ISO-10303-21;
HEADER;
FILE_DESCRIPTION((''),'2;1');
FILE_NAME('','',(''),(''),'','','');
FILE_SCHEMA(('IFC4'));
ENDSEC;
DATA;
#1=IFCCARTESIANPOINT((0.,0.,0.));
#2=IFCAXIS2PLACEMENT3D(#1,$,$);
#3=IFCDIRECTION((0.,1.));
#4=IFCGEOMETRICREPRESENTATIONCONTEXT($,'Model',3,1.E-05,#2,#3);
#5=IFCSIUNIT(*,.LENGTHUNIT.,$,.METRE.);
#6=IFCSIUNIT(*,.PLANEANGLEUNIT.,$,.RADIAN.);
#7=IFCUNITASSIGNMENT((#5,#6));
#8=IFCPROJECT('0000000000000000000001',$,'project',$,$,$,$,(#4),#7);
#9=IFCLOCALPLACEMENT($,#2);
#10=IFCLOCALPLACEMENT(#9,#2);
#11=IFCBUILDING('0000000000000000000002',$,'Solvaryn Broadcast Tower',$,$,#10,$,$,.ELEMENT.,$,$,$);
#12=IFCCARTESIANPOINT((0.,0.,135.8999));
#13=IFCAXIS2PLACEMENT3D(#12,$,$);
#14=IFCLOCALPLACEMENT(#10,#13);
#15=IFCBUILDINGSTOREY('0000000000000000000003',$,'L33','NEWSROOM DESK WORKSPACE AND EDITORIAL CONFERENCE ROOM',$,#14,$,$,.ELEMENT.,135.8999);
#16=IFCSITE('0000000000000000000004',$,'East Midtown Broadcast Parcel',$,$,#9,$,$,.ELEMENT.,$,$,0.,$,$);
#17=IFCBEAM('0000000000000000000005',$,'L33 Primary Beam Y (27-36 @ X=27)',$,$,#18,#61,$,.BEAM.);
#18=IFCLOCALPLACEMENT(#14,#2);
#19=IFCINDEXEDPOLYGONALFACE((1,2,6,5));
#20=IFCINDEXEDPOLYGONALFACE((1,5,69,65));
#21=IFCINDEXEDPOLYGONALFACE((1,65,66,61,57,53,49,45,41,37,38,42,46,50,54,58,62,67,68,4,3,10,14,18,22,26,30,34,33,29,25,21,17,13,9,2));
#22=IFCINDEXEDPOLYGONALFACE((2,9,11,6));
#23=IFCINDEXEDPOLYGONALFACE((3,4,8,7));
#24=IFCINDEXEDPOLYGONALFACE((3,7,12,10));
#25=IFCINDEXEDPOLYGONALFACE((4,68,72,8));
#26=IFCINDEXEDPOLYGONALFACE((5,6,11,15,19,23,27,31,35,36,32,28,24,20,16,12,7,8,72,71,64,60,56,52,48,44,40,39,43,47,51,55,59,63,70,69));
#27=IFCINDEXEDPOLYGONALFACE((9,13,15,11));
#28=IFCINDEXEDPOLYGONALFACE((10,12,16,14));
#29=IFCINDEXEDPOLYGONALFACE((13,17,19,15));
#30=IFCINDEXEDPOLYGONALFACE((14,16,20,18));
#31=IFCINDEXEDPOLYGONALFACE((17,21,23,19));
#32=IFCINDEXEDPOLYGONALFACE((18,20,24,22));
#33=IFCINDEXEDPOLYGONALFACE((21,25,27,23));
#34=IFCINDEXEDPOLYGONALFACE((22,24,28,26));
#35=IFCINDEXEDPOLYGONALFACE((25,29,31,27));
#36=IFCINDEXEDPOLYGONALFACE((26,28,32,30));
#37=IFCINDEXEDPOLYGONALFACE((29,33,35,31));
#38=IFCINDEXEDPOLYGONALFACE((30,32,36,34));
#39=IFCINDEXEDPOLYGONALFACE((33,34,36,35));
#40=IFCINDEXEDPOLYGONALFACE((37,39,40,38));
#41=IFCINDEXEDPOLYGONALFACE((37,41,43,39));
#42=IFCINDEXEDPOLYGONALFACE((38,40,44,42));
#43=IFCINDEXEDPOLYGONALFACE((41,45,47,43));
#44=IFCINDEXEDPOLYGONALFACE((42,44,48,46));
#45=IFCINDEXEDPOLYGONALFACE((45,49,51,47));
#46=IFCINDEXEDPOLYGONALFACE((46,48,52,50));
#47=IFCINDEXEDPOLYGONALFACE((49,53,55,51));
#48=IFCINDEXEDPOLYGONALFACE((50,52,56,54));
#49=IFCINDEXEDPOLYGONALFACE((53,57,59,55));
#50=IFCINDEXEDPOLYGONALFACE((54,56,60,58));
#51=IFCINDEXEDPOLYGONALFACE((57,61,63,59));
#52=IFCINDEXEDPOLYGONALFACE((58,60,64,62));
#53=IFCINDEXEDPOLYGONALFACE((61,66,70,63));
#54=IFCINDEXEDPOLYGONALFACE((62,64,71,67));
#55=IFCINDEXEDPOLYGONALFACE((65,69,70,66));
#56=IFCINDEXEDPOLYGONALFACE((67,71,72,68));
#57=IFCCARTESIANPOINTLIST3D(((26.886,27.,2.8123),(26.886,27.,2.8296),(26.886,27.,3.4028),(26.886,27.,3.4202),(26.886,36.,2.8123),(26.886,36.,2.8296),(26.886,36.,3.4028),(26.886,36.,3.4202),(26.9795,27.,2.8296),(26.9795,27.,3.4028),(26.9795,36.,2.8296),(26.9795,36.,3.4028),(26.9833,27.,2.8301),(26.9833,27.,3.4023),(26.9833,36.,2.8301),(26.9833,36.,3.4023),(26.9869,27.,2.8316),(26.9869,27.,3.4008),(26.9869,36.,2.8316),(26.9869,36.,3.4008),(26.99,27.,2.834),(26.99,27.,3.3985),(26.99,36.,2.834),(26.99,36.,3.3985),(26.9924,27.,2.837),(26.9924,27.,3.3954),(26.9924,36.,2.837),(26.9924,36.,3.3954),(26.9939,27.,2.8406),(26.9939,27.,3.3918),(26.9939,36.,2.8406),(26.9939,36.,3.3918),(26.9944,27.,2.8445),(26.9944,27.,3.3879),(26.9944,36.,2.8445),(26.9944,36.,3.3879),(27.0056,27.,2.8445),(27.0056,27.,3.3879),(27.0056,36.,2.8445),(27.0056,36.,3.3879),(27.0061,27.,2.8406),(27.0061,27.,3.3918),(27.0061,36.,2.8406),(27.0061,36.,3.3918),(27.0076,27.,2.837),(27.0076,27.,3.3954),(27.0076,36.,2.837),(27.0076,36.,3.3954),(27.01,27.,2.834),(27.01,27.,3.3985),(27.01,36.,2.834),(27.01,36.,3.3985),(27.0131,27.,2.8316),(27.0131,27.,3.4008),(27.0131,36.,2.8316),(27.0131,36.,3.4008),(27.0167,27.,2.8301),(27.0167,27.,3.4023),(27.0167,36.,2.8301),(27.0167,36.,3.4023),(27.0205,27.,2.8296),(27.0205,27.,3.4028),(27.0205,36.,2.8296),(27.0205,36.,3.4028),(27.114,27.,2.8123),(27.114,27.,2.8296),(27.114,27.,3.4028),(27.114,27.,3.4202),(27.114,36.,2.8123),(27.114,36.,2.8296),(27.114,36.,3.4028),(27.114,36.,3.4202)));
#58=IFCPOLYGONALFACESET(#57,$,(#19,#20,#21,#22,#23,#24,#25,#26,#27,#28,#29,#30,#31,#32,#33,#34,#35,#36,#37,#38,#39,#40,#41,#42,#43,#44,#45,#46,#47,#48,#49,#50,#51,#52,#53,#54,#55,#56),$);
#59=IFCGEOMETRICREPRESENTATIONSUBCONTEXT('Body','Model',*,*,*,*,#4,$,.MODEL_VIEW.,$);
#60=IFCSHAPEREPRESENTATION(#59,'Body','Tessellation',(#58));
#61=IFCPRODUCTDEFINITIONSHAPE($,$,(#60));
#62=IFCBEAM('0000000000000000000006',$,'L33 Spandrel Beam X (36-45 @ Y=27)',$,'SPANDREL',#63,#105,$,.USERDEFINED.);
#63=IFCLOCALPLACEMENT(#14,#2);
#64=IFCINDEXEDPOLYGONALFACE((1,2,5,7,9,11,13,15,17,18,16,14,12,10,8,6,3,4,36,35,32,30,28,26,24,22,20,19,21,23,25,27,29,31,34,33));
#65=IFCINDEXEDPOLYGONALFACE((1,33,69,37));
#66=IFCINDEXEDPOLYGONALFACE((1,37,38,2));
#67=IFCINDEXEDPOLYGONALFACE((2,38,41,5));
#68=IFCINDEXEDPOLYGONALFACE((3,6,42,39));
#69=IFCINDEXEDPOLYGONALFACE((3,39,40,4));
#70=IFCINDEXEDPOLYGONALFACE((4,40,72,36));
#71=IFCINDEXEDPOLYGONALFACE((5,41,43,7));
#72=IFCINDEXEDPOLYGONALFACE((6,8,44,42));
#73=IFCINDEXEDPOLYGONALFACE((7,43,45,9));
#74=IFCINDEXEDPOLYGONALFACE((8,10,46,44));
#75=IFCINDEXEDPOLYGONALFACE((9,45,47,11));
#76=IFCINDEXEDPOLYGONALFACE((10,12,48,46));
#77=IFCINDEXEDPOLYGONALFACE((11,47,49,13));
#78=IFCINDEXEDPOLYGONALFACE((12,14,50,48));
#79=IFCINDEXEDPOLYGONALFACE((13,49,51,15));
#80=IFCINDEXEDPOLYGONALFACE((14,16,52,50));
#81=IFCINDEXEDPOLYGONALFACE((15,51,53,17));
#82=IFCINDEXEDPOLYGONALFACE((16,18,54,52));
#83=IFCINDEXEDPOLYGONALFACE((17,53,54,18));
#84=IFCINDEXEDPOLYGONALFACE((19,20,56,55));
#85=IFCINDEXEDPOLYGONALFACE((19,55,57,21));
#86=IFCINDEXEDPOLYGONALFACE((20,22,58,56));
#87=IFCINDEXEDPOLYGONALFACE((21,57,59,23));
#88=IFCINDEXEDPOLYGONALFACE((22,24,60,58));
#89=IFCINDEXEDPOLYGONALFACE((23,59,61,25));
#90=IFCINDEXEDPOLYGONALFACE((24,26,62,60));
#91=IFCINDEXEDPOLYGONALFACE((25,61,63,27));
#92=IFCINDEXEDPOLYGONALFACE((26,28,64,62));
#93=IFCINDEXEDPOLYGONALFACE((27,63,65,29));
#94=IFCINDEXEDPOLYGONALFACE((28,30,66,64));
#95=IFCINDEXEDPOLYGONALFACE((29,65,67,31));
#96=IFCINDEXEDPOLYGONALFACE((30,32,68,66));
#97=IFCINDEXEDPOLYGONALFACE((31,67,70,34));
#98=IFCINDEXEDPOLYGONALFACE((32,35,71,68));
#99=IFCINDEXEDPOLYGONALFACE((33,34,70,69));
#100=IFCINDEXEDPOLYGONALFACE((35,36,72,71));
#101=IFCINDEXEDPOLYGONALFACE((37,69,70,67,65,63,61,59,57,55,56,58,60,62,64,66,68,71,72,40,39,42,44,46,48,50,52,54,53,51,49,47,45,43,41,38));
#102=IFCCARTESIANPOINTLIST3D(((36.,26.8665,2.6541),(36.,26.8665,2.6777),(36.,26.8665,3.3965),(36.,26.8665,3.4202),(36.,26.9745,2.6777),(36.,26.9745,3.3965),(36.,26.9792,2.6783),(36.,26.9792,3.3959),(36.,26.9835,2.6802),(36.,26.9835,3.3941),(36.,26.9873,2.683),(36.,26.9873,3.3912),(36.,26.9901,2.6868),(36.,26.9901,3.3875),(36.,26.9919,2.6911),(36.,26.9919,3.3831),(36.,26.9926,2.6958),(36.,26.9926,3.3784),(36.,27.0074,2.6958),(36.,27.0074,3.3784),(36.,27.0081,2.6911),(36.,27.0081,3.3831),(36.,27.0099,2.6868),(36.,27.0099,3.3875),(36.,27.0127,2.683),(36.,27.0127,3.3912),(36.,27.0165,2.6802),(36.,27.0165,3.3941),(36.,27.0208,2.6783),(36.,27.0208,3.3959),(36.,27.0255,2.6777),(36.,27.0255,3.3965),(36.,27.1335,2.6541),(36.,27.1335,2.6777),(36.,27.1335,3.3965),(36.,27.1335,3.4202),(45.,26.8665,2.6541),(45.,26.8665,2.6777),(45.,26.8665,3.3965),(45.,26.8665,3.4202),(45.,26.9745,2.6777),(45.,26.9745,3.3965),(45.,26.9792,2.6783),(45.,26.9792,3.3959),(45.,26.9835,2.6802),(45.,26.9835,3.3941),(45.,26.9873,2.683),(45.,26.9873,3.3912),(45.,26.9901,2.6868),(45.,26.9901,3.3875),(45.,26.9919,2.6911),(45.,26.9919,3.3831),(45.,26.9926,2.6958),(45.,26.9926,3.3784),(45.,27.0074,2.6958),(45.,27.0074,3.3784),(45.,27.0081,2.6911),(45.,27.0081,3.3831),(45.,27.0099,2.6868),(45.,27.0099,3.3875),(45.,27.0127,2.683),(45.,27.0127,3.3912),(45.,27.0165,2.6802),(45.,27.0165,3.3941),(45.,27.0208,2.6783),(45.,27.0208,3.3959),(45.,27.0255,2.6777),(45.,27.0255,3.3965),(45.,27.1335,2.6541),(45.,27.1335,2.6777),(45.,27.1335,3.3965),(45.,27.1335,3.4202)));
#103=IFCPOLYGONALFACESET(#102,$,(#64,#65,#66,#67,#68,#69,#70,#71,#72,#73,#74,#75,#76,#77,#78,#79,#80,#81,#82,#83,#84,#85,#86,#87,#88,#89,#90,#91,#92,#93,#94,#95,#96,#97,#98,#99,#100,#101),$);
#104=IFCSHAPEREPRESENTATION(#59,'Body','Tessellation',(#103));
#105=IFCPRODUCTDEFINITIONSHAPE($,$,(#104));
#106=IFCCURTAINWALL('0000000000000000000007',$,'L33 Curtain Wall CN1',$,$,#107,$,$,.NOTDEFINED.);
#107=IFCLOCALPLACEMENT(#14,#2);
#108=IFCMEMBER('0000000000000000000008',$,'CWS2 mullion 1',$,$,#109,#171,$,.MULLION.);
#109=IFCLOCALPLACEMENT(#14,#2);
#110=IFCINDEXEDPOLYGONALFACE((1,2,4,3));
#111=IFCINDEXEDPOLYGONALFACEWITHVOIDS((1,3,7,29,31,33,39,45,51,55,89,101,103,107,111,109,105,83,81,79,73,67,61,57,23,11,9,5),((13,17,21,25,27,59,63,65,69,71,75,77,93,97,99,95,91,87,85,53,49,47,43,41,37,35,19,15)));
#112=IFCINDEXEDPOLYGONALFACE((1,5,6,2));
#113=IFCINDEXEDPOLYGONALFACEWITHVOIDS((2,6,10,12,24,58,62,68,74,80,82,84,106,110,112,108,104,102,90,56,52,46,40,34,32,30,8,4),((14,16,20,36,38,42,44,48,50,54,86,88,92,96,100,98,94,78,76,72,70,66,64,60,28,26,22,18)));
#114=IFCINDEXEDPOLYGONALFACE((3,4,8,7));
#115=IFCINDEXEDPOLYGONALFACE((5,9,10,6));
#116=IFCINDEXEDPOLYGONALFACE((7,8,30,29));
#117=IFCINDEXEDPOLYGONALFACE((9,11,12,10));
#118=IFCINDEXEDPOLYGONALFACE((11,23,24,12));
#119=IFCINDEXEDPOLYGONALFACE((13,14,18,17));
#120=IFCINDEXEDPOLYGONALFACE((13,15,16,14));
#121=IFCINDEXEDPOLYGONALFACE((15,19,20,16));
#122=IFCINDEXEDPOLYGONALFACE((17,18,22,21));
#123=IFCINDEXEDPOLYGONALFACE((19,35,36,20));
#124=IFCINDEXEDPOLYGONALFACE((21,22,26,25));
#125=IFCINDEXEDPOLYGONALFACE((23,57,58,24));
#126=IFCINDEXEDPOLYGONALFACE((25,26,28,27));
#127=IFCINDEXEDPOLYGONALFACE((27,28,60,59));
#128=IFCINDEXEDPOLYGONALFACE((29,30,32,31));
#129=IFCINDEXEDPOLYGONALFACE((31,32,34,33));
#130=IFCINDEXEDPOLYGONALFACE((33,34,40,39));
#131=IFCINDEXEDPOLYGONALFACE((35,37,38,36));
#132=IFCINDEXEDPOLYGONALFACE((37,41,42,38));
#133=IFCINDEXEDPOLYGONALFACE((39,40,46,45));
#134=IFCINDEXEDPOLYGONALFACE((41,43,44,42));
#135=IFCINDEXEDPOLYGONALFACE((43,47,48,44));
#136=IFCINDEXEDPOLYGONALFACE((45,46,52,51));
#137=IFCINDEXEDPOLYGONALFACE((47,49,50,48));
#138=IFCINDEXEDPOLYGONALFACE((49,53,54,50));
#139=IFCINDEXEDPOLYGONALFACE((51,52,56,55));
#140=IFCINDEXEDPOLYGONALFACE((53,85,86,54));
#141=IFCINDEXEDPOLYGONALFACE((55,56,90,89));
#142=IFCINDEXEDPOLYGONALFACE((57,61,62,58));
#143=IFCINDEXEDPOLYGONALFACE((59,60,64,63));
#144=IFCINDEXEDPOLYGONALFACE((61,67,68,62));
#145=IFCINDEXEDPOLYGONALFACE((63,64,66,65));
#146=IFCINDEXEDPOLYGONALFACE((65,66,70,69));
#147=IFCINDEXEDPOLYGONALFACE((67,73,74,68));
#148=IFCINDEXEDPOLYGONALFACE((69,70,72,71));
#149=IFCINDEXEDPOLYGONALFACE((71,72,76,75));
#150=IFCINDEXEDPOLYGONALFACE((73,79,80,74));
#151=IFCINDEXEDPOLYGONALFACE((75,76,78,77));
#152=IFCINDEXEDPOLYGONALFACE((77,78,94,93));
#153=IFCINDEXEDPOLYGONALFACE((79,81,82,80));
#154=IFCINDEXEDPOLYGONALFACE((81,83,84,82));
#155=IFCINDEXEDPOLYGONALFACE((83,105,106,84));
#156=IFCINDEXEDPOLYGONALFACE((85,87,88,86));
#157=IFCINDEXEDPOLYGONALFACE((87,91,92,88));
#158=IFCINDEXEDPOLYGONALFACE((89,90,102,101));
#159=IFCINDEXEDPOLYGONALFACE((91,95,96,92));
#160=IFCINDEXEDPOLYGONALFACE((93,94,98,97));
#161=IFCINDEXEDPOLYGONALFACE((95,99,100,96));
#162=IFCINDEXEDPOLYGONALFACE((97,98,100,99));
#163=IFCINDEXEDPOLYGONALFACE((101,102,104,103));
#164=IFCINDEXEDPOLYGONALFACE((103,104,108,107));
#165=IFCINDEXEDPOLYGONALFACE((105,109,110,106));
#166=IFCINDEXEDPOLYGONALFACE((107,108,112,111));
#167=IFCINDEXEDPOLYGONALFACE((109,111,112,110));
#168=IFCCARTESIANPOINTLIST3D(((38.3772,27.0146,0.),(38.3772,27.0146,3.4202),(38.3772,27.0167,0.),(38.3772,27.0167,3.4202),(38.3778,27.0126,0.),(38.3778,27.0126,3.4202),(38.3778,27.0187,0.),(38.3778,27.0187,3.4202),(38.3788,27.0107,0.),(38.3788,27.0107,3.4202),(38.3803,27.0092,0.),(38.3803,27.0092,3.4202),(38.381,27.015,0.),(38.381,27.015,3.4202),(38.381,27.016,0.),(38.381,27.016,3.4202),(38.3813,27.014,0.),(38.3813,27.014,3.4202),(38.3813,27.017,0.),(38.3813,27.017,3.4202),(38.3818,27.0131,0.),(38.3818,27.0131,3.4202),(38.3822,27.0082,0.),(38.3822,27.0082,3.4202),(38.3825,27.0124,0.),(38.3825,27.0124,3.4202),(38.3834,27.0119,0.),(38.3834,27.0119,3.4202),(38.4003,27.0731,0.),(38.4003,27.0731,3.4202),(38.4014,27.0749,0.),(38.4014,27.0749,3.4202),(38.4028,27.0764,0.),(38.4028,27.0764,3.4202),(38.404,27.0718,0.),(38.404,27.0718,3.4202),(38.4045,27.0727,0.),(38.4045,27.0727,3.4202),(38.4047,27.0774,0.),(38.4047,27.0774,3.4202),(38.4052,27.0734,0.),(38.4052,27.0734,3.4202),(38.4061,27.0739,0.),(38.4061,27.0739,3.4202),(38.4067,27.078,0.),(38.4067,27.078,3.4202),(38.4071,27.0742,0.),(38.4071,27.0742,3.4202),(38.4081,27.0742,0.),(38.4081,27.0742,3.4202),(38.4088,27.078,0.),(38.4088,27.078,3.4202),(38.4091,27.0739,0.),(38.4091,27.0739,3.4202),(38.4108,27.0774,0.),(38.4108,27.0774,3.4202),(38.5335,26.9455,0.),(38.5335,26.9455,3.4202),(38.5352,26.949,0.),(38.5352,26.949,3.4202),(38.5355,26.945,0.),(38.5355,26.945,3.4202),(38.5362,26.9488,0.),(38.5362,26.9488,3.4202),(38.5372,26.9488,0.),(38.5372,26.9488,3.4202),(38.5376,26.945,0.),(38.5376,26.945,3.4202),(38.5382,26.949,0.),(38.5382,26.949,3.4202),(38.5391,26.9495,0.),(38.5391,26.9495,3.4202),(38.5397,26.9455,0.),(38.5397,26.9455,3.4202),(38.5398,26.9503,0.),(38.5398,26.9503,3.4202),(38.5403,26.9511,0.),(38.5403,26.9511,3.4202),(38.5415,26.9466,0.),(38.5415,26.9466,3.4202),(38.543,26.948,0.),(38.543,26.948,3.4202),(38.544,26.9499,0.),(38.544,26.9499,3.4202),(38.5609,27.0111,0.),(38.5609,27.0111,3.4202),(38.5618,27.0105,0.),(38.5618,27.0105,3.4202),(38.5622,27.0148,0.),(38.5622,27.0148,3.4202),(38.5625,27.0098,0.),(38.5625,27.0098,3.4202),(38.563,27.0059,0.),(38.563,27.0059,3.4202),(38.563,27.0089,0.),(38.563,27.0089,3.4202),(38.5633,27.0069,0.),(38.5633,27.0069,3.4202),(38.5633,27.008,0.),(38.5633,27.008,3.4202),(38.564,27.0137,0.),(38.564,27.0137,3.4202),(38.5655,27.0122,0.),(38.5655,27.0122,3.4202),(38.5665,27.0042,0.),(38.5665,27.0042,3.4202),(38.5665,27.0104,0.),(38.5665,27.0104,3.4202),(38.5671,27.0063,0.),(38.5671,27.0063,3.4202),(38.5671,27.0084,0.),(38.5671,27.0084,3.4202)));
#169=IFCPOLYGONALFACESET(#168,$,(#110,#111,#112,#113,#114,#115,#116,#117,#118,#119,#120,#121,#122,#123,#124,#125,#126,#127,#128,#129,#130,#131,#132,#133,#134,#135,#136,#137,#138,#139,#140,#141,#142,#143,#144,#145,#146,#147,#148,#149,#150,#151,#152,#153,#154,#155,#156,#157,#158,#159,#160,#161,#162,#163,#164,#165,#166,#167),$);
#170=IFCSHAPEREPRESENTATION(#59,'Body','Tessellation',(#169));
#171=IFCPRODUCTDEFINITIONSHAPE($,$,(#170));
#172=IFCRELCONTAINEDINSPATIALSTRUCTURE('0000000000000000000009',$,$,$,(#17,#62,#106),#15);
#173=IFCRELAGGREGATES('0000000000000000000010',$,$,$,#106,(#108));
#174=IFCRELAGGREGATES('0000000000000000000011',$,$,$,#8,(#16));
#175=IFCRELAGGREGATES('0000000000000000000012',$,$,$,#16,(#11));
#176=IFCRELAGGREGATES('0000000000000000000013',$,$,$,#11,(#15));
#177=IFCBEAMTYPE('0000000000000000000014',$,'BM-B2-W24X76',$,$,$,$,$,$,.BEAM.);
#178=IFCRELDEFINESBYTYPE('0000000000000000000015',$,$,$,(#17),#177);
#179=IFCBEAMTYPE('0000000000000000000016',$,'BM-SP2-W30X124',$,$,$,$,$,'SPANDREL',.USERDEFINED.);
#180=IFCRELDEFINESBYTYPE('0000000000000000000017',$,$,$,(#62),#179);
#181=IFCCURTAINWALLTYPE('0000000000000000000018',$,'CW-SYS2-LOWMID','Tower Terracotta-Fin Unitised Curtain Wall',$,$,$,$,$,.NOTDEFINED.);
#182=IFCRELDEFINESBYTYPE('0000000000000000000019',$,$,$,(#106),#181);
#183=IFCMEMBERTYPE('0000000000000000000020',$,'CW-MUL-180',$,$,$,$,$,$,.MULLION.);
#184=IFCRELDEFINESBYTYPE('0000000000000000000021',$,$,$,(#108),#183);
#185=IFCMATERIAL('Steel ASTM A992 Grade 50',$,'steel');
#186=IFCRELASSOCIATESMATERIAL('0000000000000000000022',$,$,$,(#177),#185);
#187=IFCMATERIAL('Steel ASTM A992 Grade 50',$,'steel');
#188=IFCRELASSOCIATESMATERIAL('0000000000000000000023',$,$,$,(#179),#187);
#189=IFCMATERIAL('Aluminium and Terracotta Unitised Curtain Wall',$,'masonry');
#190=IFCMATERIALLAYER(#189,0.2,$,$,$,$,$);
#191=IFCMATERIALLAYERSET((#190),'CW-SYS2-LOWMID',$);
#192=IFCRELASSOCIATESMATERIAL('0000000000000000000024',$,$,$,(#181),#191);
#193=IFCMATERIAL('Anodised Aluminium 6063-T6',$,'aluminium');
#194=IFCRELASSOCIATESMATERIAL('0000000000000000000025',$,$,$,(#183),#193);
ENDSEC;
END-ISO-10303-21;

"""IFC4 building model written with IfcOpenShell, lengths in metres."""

from ifc_helpers import new_model, si_unit, direction, frame, origin, origin_2d, place, context, subcontext, project, spatial, hollow_rectangle, i_section, extrude, material, layer, layer_set, material_profile, profile_set, type_object, element, aggregate, save


model = new_model("IFC4")

# Units and contexts
model_context = context("Model", 3, precision=1e-05, world=origin(), true_north=direction((0.0, 1.0)))
body_context = subcontext(model_context, "Body", "Model", "MODEL_VIEW")
ifc_project = project(units=[si_unit("LENGTHUNIT", "METRE"), si_unit("PLANEANGLEUNIT", "RADIAN")], contexts=[model_context])

# Site, building, storey
site_placement = place(None, origin())
site = spatial("IfcSite", under=ifc_project, at=site_placement, Name="East Midtown Broadcast Parcel", CompositionType="ELEMENT", RefElevation=0.0)
building_placement = place(site_placement, origin())
building = spatial("IfcBuilding", under=site, at=building_placement, Name="Solvaryn Broadcast Tower", CompositionType="ELEMENT")
storey_placement = place(building_placement, frame((0.0, 0.0, 135.8999)))
storey = spatial("IfcBuildingStorey", under=building, at=storey_placement, Name="L33", Description="NEWSROOM DESK WORKSPACE AND EDITORIAL CONFERENCE ROOM", CompositionType="ELEMENT", Elevation=135.8999)

# Beams
ifc_material_1 = material(Name="Steel ASTM A992 Grade 50", Category="steel")
ifc_material_profile_1 = material_profile(ifc_material_1, i_section(OverallWidth=0.228, OverallDepth=0.6079, WebThickness=0.0112, FlangeThickness=0.0173, FilletRadius=0.0149, at=origin_2d()))
ifc_profile_set_1 = profile_set([ifc_material_profile_1], Name="Steel ASTM A992 Grade 50")
beam_type_1 = type_object("IfcBeamType", Name="BM-B2-W24X76", PredefinedType="BEAM", material=ifc_profile_set_1)
beam_1_placement = place(storey_placement, frame((27.0, 27.0, 3.1162), z_axis=(0.0, 1.0, 0.0), x_axis=(-1.0, 0.0, 0.0)))
element("IfcBeam", 1, at=beam_1_placement, inside=storey, type_object=beam_type_1, Name="L33 Primary Beam Y (27-36 @ X=27)", PredefinedType="BEAM", context=body_context, shape_type="SweptSolid", body=[
    extrude(i_section(OverallWidth=0.228, OverallDepth=0.6079, WebThickness=0.0112, FlangeThickness=0.0173, FilletRadius=0.0149, at=origin_2d()), origin(), (0.0, 0.0, 1.0), 9.0),
])
ifc_material_2 = material(Name="Steel ASTM A992 Grade 50", Category="steel")
ifc_material_profile_2 = material_profile(ifc_material_2, i_section(OverallWidth=0.2671, OverallDepth=0.7661, WebThickness=0.0149, FlangeThickness=0.0237, FilletRadius=0.0181, at=origin_2d()))
ifc_profile_set_2 = profile_set([ifc_material_profile_2], Name="Steel ASTM A992 Grade 50")
beam_type_2 = type_object("IfcBeamType", Name="BM-SP2-W30X124", ElementType="SPANDREL", PredefinedType="USERDEFINED", material=ifc_profile_set_2)
beam_2_placement = place(storey_placement, frame((36.0, 27.0, 3.0371), z_axis=(1.0, 0.0, 0.0), x_axis=(0.0, 1.0, 0.0)))
element("IfcBeam", 2, at=beam_2_placement, inside=storey, type_object=beam_type_2, Name="L33 Spandrel Beam X (36-45 @ Y=27)", ObjectType="SPANDREL", PredefinedType="USERDEFINED", context=body_context, shape_type="SweptSolid", body=[
    extrude(i_section(OverallWidth=0.2671, OverallDepth=0.7661, WebThickness=0.0149, FlangeThickness=0.0237, FilletRadius=0.0181, at=origin_2d()), origin(), (0.0, 0.0, 1.0), 9.0),
])

# Curtain wall, member
ifc_material_3 = material(Name="Aluminium and Terracotta Unitised Curtain Wall", Category="masonry")
ifc_layer_1 = layer(ifc_material_3, 0.2)
ifc_layer_set_1 = layer_set([ifc_layer_1], Name="CW-SYS2-LOWMID")
curtain_wall_type = type_object("IfcCurtainWallType", Name="CW-SYS2-LOWMID", Description="Tower Terracotta-Fin Unitised Curtain Wall", PredefinedType="NOTDEFINED", material=ifc_layer_set_1)
curtain_wall_1_placement = place(storey_placement, origin())
curtain_wall_1 = element("IfcCurtainWall", 3, at=curtain_wall_1_placement, inside=storey, type_object=curtain_wall_type, Name="L33 Curtain Wall CN1", PredefinedType="NOTDEFINED")
ifc_material_4 = material(Name="Anodised Aluminium 6063-T6", Category="aluminium")
ifc_material_profile_3 = material_profile(ifc_material_4, hollow_rectangle(XDim=0.075, YDim=0.1799, WallThickness=0.0039, InnerFilletRadius=0.0039, OuterFilletRadius=0.0081, at=origin_2d()))
ifc_profile_set_3 = profile_set([ifc_material_profile_3], Name="Anodised Aluminium 6063-T6")
member_type_1 = type_object("IfcMemberType", Name="CW-MUL-180", PredefinedType="MULLION", material=ifc_profile_set_3)
member_1_placement = place(storey_placement, frame((38.4722, 27.0115, 0.0), z_axis=(0.0, 0.0, 1.0), x_axis=(-0.382646, -0.923895, 0.0)))
member_1 = element("IfcMember", 4, at=member_1_placement, type_object=member_type_1, Name="CWS2 mullion 1", PredefinedType="MULLION", context=body_context, shape_type="SweptSolid", body=[
    extrude(hollow_rectangle(XDim=0.075, YDim=0.1799, WallThickness=0.0039, InnerFilletRadius=0.0039, OuterFilletRadius=0.0081, at=origin_2d()), origin(), (0.0, 0.0, 1.0), 3.4202),
])

aggregate(curtain_wall_1, [member_1])

save(model, "model.ifc")
